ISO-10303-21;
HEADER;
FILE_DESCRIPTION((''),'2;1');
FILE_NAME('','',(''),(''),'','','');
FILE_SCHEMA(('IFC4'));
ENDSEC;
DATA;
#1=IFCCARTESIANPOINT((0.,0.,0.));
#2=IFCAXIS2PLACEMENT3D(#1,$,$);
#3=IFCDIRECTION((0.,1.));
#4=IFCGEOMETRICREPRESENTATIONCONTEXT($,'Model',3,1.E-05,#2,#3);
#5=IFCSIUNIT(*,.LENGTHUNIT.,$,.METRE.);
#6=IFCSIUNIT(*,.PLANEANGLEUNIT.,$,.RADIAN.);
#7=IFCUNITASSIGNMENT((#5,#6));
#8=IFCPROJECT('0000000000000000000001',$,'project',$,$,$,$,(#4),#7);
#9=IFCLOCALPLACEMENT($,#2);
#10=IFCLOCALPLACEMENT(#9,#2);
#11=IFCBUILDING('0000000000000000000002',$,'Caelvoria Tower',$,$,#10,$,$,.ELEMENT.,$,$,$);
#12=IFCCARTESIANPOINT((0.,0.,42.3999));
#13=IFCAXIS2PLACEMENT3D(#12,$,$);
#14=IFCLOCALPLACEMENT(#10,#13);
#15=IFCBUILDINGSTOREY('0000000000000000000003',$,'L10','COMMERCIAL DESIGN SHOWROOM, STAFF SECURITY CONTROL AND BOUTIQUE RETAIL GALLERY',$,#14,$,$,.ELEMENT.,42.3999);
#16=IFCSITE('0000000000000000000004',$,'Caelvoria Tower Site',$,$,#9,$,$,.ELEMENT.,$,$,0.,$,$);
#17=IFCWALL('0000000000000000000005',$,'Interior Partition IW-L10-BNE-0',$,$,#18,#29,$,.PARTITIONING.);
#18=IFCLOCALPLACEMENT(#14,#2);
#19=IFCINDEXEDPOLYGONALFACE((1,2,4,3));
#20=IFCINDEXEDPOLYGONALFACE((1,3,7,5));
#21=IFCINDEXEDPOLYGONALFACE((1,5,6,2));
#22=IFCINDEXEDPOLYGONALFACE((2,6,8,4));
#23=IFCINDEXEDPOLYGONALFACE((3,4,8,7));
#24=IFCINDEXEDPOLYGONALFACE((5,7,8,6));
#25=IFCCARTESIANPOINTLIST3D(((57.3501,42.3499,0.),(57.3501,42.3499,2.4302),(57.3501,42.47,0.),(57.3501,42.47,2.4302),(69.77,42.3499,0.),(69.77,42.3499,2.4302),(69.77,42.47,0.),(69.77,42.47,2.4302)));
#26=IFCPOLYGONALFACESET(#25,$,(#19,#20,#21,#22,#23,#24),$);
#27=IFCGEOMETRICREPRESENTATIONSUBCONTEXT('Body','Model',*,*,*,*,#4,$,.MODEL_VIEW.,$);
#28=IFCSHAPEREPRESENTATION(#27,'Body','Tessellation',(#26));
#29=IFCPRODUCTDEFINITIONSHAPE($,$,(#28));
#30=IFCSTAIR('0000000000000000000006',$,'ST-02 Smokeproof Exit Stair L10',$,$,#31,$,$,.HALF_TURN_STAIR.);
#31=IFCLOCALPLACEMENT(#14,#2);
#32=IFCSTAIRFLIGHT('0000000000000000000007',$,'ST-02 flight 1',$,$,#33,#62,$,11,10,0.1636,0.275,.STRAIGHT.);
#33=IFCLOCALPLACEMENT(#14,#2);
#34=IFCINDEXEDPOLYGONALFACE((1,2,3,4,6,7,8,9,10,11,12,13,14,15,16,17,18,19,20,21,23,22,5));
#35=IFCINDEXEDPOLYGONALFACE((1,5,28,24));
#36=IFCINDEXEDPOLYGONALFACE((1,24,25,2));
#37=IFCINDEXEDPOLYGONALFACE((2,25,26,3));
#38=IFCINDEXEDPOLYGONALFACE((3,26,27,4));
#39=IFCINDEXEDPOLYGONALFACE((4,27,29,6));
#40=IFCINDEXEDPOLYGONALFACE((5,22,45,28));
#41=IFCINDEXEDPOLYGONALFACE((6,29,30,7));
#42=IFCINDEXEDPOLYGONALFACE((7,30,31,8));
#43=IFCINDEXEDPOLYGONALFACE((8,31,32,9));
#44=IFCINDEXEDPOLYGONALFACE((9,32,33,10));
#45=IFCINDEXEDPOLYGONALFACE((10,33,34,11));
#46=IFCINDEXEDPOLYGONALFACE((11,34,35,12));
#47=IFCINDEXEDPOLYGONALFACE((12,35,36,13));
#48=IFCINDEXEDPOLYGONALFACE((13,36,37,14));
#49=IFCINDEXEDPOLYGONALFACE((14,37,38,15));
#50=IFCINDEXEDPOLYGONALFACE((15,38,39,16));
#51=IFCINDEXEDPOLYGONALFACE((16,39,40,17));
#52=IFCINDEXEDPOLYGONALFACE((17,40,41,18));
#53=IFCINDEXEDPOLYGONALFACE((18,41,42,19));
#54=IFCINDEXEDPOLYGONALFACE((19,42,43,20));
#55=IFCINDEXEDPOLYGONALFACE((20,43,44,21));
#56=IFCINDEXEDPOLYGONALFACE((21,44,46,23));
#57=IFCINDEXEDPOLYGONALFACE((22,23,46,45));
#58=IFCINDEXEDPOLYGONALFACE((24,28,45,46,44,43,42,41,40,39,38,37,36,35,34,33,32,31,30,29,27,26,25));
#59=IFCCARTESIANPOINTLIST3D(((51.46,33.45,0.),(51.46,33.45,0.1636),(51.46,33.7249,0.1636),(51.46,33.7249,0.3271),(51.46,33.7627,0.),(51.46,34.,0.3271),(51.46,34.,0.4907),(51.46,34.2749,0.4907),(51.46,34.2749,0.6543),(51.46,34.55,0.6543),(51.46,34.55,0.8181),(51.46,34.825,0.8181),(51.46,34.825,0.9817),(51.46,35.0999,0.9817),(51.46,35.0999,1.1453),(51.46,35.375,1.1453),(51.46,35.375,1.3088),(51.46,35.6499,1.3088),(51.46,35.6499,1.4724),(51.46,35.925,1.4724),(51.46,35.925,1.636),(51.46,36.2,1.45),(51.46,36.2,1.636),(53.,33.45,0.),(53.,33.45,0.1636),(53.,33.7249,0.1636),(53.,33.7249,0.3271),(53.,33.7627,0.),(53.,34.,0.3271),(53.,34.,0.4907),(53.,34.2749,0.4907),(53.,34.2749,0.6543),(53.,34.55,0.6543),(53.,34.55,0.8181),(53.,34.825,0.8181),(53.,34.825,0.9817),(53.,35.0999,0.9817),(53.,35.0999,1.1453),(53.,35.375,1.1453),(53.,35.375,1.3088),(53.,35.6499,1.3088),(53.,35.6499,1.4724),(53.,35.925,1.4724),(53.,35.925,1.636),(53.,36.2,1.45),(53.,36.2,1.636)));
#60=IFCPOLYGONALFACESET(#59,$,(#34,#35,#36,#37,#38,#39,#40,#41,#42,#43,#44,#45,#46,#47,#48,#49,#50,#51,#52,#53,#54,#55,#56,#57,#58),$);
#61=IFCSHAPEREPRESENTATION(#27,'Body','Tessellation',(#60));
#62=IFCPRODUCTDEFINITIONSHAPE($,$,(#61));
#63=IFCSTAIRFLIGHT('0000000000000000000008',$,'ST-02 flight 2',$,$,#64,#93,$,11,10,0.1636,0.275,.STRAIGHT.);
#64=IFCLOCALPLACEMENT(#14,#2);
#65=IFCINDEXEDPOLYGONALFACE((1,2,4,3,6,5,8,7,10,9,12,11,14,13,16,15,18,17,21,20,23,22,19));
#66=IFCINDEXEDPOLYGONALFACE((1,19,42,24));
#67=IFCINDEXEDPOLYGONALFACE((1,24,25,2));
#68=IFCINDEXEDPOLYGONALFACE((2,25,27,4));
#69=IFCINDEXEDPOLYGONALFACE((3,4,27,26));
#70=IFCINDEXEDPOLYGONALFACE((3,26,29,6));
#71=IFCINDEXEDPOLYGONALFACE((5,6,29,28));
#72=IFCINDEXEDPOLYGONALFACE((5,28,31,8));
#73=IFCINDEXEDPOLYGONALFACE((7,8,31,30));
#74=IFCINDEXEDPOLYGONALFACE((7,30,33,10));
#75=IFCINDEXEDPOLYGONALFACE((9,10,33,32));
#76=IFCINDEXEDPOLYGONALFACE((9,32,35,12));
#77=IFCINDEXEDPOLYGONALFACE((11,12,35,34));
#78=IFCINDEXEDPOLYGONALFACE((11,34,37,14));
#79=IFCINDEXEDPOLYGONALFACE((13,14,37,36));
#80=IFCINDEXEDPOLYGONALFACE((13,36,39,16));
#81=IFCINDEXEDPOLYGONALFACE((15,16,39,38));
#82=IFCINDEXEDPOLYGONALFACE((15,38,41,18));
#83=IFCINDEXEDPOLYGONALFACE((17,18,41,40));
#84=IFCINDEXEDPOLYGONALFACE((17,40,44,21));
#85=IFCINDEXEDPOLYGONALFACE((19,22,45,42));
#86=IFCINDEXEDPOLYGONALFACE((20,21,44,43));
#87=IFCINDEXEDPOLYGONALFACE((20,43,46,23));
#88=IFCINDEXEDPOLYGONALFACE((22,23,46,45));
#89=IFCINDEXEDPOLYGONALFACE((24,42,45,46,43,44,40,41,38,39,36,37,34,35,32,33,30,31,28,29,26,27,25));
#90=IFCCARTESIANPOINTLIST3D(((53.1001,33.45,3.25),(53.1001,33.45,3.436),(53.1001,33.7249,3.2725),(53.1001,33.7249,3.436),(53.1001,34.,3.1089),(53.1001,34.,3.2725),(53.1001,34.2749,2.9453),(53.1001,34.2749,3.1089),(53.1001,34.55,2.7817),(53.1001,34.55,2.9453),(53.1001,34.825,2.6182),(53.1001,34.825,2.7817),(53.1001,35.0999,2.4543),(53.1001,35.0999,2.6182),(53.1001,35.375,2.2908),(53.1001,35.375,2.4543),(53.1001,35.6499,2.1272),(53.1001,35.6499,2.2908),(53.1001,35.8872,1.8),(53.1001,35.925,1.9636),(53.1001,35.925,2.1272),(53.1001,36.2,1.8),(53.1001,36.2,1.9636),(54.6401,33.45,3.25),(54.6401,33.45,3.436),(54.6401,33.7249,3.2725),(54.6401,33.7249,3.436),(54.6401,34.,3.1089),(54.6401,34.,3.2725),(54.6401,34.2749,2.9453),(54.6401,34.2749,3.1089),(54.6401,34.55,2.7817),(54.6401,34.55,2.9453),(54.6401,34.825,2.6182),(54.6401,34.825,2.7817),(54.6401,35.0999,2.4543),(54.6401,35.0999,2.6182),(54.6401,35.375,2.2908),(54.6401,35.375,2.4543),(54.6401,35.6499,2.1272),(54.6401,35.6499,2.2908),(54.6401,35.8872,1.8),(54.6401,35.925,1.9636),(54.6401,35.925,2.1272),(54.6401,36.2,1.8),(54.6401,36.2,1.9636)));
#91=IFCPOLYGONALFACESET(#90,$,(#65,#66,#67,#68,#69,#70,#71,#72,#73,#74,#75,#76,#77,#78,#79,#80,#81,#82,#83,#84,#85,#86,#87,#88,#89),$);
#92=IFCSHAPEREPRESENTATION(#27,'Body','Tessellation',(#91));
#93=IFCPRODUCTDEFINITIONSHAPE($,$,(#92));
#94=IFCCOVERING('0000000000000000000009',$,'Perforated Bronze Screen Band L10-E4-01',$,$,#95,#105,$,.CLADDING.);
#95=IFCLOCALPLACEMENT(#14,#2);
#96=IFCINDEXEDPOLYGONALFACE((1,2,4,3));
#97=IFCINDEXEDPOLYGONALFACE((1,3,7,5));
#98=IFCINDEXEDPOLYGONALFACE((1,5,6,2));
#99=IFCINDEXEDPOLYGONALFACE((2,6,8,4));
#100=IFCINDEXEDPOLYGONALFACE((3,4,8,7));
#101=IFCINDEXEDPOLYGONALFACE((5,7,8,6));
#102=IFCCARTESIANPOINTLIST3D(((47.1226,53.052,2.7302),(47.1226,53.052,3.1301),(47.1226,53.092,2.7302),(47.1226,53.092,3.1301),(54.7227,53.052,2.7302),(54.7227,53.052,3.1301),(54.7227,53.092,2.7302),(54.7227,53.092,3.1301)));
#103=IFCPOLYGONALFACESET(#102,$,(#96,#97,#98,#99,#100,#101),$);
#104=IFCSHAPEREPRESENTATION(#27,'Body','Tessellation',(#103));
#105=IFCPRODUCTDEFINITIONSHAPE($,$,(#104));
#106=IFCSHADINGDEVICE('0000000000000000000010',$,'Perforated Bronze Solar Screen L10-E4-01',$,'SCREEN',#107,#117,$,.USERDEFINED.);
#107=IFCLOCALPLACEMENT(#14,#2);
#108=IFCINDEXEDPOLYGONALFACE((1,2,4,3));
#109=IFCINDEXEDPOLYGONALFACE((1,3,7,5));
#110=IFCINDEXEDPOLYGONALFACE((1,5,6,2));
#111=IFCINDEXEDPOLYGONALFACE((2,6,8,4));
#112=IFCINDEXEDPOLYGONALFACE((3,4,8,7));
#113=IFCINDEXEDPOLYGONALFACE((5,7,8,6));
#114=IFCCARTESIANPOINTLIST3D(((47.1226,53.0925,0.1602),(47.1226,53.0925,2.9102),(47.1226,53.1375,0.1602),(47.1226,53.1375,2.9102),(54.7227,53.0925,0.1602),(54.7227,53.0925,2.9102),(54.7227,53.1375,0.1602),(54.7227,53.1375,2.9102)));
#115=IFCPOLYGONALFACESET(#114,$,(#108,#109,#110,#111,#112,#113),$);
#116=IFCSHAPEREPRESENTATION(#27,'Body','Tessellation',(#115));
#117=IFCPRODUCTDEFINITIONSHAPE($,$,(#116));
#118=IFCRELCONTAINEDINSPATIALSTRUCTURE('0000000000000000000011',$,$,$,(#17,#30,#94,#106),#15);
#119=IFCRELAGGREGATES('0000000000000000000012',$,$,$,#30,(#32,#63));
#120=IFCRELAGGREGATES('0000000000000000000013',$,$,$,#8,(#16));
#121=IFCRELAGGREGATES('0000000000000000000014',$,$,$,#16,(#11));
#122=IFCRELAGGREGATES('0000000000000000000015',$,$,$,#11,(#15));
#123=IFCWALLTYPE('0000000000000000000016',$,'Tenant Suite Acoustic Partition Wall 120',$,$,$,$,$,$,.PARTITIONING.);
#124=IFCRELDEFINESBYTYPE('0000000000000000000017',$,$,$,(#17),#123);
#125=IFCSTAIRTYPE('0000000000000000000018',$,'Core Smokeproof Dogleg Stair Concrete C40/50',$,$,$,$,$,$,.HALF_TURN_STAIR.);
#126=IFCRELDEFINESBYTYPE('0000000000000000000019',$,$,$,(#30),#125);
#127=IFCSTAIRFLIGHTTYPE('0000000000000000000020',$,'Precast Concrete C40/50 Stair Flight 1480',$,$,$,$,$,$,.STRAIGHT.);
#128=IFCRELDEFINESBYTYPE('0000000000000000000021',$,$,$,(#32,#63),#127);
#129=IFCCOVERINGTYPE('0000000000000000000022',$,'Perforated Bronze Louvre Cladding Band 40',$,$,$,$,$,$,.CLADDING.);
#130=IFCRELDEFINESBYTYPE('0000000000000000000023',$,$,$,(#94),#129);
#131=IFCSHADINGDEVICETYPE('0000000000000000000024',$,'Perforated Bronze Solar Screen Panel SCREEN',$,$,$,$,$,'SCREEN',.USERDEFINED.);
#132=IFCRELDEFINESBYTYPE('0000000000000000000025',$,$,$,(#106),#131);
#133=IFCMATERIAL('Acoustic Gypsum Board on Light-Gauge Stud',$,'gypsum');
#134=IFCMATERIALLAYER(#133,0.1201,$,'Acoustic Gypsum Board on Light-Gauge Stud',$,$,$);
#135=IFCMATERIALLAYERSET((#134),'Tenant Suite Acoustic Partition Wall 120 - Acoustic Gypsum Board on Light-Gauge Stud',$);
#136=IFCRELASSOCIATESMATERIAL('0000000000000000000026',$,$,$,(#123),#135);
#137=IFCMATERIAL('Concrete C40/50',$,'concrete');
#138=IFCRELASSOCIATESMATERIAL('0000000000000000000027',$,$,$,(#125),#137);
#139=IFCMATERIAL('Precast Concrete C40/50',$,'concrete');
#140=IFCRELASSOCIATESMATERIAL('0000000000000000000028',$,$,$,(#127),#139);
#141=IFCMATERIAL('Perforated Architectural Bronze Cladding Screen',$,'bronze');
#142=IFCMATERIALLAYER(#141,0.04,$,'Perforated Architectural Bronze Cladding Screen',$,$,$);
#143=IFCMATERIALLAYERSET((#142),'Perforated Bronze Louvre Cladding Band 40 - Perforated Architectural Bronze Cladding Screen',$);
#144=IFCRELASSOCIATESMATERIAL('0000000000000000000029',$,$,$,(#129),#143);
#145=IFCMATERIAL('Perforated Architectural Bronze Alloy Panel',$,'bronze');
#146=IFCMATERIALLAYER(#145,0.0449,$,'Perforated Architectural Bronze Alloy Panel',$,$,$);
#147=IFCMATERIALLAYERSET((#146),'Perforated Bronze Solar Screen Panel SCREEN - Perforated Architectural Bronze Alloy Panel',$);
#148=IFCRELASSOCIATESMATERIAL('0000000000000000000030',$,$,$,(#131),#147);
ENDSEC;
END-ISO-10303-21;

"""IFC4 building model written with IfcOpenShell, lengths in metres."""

from ifc_helpers import new_model, si_unit, direction, frame, frame_2d, origin, origin_2d, place, context, subcontext, project, spatial, polyline, rectangle, outline, extrude, material, layer, layer_set, type_object, element, aggregate, save


model = new_model("IFC4")

# Units and contexts
model_context = context("Model", 3, precision=1e-05, world=origin(), true_north=direction((0.0, 1.0)))
body_context = subcontext(model_context, "Body", "Model", "MODEL_VIEW")
ifc_project = project(units=[si_unit("LENGTHUNIT", "METRE"), si_unit("PLANEANGLEUNIT", "RADIAN")], contexts=[model_context])

# Site, building, storey
site_placement = place(None, origin())
site = spatial("IfcSite", under=ifc_project, at=site_placement, Name="Caelvoria Tower Site", CompositionType="ELEMENT", RefElevation=0.0)
building_placement = place(site_placement, origin())
building = spatial("IfcBuilding", under=site, at=building_placement, Name="Caelvoria Tower", CompositionType="ELEMENT")
storey_placement = place(building_placement, frame((0.0, 0.0, 42.3999)))
storey = spatial("IfcBuildingStorey", under=building, at=storey_placement, Name="L10", Description="COMMERCIAL DESIGN SHOWROOM, STAFF SECURITY CONTROL AND BOUTIQUE RETAIL GALLERY", CompositionType="ELEMENT", Elevation=42.3999)

# Wall
ifc_material_1 = material(Name="Acoustic Gypsum Board on Light-Gauge Stud", Category="gypsum")
ifc_layer_1 = layer(ifc_material_1, 0.1201, Name="Acoustic Gypsum Board on Light-Gauge Stud")
ifc_layer_set_1 = layer_set([ifc_layer_1], Name="Tenant Suite Acoustic Partition Wall 120 - Acoustic Gypsum Board on Light-Gauge Stud")
wall_type_1 = type_object("IfcWallType", Name="Tenant Suite Acoustic Partition Wall 120", PredefinedType="PARTITIONING", material=ifc_layer_set_1)
wall_1_placement = place(storey_placement, frame((57.3501, 42.4099, 0.0), z_axis=(0.0, 0.0, 1.0), x_axis=(1.0, 0.0, 0.0)))
element("IfcWall", 1, at=wall_1_placement, inside=storey, type_object=wall_type_1, Name="Interior Partition IW-L10-BNE-0", PredefinedType="PARTITIONING", context=body_context, shape_type="SweptSolid", body=[
    extrude(rectangle(XDim=12.4199, YDim=0.1201, at=frame_2d((6.21, 0.0))), origin(), (0.0, 0.0, 1.0), 2.4302),
])

# Stair, stair flights
ifc_material_2 = material(Name="Concrete C40/50", Category="concrete")
stair_type = type_object("IfcStairType", Name="Core Smokeproof Dogleg Stair Concrete C40/50", PredefinedType="HALF_TURN_STAIR", material=ifc_material_2)
stair_placement = place(storey_placement, origin())
stair = element("IfcStair", 2, at=stair_placement, inside=storey, type_object=stair_type, Name="ST-02 Smokeproof Exit Stair L10", PredefinedType="HALF_TURN_STAIR")
ifc_material_3 = material(Name="Precast Concrete C40/50", Category="concrete")
stair_flight_type = type_object("IfcStairFlightType", Name="Precast Concrete C40/50 Stair Flight 1480", PredefinedType="STRAIGHT", material=ifc_material_3)
stair_flight_1_placement = place(storey_placement, frame((52.23, 33.45, 0.0), z_axis=(0.0, 0.0, 1.0), x_axis=(0.0, 1.0, 0.0)))
stair_flight_1 = element("IfcStairFlight", 3, at=stair_flight_1_placement, type_object=stair_flight_type, Name="ST-02 flight 1", NumberOfRisers=11, NumberOfTreads=10, PredefinedType="STRAIGHT", RiserHeight=0.1636, TreadLength=0.275, context=body_context, shape_type="SweptSolid", body=[
    extrude(outline(polyline([(0.0, 0.0), (0.0, 0.1636), (0.2749, 0.1636), (0.2749, 0.3271), (0.55, 0.3271), (0.55, 0.4907), (0.825, 0.4907), (0.825, 0.6543), (1.1001, 0.6543), (1.1001, 0.8181), (1.375, 0.8181), (1.375, 0.9817), (1.6499, 0.9817), (1.6499, 1.1453), (1.925, 1.1453), (1.925, 1.3088), (2.2, 1.3088), (2.2, 1.4724), (2.4751, 1.4724), (2.4751, 1.636), (2.75, 1.636), (2.75, 1.7996), (2.75, 1.45), (0.3127, 0.0), (0.0, 0.0)])), frame((0.0, 0.77, 0.0), z_axis=(0.0, -1.0, 0.0), x_axis=(1.0, 0.0, 0.0)), (0.0, 0.0, 1.0), 1.54),
])
stair_flight_2_placement = place(storey_placement, frame((53.8701, 36.2, 1.8), z_axis=(0.0, 0.0, 1.0), x_axis=(0.0, -1.0, 0.0)))
stair_flight_2 = element("IfcStairFlight", 4, at=stair_flight_2_placement, type_object=stair_flight_type, Name="ST-02 flight 2", NumberOfRisers=11, NumberOfTreads=10, PredefinedType="STRAIGHT", RiserHeight=0.1636, TreadLength=0.275, context=body_context, shape_type="SweptSolid", body=[
    extrude(outline(polyline([(0.0, 0.0), (0.0, 0.1636), (0.2749, 0.1636), (0.2749, 0.3271), (0.55, 0.3271), (0.55, 0.4907), (0.825, 0.4907), (0.825, 0.6543), (1.1001, 0.6543), (1.1001, 0.8181), (1.375, 0.8181), (1.375, 0.9817), (1.6499, 0.9817), (1.6499, 1.1453), (1.925, 1.1453), (1.925, 1.3088), (2.2, 1.3088), (2.2, 1.4724), (2.4751, 1.4724), (2.4751, 1.636), (2.75, 1.636), (2.75, 1.7996), (2.75, 1.45), (0.3127, 0.0), (0.0, 0.0)])), frame((0.0, 0.77, 0.0), z_axis=(0.0, -1.0, 0.0), x_axis=(1.0, 0.0, 0.0)), (0.0, 0.0, 1.0), 1.54),
])
aggregate(stair, [stair_flight_1, stair_flight_2])

# Covering
ifc_material_4 = material(Name="Perforated Architectural Bronze Cladding Screen", Category="bronze")
ifc_layer_2 = layer(ifc_material_4, 0.04, Name="Perforated Architectural Bronze Cladding Screen")
ifc_layer_set_2 = layer_set([ifc_layer_2], Name="Perforated Bronze Louvre Cladding Band 40 - Perforated Architectural Bronze Cladding Screen")
covering_type = type_object("IfcCoveringType", Name="Perforated Bronze Louvre Cladding Band 40", PredefinedType="CLADDING", material=ifc_layer_set_2)
covering_placement = place(storey_placement, frame((50.9226, 53.072, 2.7302), z_axis=(0.0, 0.0, 1.0), x_axis=(-1.0, 0.0, 0.0)))
element("IfcCovering", 5, at=covering_placement, inside=storey, type_object=covering_type, Name="Perforated Bronze Screen Band L10-E4-01", PredefinedType="CLADDING", context=body_context, shape_type="SweptSolid", body=[
    extrude(rectangle(XDim=7.6001, YDim=0.04, at=origin_2d()), origin(), (0.0, 0.0, 1.0), 0.3999),
])

# Shading device
ifc_material_5 = material(Name="Perforated Architectural Bronze Alloy Panel", Category="bronze")
ifc_layer_3 = layer(ifc_material_5, 0.0449, Name="Perforated Architectural Bronze Alloy Panel")
ifc_layer_set_3 = layer_set([ifc_layer_3], Name="Perforated Bronze Solar Screen Panel SCREEN - Perforated Architectural Bronze Alloy Panel")
shading_device_type = type_object("IfcShadingDeviceType", Name="Perforated Bronze Solar Screen Panel SCREEN", ElementType="SCREEN", PredefinedType="USERDEFINED", material=ifc_layer_set_3)
shading_device_placement = place(storey_placement, frame((50.9226, 53.115, 0.1602), z_axis=(0.0, 0.0, 1.0), x_axis=(-1.0, 0.0, 0.0)))
element("IfcShadingDevice", 6, at=shading_device_placement, inside=storey, type_object=shading_device_type, Name="Perforated Bronze Solar Screen L10-E4-01", ObjectType="SCREEN", PredefinedType="USERDEFINED", context=body_context, shape_type="SweptSolid", body=[
    extrude(rectangle(XDim=7.6001, YDim=0.0449, at=origin_2d()), origin(), (0.0, 0.0, 1.0), 2.75),
])

save(model, "model.ifc")
